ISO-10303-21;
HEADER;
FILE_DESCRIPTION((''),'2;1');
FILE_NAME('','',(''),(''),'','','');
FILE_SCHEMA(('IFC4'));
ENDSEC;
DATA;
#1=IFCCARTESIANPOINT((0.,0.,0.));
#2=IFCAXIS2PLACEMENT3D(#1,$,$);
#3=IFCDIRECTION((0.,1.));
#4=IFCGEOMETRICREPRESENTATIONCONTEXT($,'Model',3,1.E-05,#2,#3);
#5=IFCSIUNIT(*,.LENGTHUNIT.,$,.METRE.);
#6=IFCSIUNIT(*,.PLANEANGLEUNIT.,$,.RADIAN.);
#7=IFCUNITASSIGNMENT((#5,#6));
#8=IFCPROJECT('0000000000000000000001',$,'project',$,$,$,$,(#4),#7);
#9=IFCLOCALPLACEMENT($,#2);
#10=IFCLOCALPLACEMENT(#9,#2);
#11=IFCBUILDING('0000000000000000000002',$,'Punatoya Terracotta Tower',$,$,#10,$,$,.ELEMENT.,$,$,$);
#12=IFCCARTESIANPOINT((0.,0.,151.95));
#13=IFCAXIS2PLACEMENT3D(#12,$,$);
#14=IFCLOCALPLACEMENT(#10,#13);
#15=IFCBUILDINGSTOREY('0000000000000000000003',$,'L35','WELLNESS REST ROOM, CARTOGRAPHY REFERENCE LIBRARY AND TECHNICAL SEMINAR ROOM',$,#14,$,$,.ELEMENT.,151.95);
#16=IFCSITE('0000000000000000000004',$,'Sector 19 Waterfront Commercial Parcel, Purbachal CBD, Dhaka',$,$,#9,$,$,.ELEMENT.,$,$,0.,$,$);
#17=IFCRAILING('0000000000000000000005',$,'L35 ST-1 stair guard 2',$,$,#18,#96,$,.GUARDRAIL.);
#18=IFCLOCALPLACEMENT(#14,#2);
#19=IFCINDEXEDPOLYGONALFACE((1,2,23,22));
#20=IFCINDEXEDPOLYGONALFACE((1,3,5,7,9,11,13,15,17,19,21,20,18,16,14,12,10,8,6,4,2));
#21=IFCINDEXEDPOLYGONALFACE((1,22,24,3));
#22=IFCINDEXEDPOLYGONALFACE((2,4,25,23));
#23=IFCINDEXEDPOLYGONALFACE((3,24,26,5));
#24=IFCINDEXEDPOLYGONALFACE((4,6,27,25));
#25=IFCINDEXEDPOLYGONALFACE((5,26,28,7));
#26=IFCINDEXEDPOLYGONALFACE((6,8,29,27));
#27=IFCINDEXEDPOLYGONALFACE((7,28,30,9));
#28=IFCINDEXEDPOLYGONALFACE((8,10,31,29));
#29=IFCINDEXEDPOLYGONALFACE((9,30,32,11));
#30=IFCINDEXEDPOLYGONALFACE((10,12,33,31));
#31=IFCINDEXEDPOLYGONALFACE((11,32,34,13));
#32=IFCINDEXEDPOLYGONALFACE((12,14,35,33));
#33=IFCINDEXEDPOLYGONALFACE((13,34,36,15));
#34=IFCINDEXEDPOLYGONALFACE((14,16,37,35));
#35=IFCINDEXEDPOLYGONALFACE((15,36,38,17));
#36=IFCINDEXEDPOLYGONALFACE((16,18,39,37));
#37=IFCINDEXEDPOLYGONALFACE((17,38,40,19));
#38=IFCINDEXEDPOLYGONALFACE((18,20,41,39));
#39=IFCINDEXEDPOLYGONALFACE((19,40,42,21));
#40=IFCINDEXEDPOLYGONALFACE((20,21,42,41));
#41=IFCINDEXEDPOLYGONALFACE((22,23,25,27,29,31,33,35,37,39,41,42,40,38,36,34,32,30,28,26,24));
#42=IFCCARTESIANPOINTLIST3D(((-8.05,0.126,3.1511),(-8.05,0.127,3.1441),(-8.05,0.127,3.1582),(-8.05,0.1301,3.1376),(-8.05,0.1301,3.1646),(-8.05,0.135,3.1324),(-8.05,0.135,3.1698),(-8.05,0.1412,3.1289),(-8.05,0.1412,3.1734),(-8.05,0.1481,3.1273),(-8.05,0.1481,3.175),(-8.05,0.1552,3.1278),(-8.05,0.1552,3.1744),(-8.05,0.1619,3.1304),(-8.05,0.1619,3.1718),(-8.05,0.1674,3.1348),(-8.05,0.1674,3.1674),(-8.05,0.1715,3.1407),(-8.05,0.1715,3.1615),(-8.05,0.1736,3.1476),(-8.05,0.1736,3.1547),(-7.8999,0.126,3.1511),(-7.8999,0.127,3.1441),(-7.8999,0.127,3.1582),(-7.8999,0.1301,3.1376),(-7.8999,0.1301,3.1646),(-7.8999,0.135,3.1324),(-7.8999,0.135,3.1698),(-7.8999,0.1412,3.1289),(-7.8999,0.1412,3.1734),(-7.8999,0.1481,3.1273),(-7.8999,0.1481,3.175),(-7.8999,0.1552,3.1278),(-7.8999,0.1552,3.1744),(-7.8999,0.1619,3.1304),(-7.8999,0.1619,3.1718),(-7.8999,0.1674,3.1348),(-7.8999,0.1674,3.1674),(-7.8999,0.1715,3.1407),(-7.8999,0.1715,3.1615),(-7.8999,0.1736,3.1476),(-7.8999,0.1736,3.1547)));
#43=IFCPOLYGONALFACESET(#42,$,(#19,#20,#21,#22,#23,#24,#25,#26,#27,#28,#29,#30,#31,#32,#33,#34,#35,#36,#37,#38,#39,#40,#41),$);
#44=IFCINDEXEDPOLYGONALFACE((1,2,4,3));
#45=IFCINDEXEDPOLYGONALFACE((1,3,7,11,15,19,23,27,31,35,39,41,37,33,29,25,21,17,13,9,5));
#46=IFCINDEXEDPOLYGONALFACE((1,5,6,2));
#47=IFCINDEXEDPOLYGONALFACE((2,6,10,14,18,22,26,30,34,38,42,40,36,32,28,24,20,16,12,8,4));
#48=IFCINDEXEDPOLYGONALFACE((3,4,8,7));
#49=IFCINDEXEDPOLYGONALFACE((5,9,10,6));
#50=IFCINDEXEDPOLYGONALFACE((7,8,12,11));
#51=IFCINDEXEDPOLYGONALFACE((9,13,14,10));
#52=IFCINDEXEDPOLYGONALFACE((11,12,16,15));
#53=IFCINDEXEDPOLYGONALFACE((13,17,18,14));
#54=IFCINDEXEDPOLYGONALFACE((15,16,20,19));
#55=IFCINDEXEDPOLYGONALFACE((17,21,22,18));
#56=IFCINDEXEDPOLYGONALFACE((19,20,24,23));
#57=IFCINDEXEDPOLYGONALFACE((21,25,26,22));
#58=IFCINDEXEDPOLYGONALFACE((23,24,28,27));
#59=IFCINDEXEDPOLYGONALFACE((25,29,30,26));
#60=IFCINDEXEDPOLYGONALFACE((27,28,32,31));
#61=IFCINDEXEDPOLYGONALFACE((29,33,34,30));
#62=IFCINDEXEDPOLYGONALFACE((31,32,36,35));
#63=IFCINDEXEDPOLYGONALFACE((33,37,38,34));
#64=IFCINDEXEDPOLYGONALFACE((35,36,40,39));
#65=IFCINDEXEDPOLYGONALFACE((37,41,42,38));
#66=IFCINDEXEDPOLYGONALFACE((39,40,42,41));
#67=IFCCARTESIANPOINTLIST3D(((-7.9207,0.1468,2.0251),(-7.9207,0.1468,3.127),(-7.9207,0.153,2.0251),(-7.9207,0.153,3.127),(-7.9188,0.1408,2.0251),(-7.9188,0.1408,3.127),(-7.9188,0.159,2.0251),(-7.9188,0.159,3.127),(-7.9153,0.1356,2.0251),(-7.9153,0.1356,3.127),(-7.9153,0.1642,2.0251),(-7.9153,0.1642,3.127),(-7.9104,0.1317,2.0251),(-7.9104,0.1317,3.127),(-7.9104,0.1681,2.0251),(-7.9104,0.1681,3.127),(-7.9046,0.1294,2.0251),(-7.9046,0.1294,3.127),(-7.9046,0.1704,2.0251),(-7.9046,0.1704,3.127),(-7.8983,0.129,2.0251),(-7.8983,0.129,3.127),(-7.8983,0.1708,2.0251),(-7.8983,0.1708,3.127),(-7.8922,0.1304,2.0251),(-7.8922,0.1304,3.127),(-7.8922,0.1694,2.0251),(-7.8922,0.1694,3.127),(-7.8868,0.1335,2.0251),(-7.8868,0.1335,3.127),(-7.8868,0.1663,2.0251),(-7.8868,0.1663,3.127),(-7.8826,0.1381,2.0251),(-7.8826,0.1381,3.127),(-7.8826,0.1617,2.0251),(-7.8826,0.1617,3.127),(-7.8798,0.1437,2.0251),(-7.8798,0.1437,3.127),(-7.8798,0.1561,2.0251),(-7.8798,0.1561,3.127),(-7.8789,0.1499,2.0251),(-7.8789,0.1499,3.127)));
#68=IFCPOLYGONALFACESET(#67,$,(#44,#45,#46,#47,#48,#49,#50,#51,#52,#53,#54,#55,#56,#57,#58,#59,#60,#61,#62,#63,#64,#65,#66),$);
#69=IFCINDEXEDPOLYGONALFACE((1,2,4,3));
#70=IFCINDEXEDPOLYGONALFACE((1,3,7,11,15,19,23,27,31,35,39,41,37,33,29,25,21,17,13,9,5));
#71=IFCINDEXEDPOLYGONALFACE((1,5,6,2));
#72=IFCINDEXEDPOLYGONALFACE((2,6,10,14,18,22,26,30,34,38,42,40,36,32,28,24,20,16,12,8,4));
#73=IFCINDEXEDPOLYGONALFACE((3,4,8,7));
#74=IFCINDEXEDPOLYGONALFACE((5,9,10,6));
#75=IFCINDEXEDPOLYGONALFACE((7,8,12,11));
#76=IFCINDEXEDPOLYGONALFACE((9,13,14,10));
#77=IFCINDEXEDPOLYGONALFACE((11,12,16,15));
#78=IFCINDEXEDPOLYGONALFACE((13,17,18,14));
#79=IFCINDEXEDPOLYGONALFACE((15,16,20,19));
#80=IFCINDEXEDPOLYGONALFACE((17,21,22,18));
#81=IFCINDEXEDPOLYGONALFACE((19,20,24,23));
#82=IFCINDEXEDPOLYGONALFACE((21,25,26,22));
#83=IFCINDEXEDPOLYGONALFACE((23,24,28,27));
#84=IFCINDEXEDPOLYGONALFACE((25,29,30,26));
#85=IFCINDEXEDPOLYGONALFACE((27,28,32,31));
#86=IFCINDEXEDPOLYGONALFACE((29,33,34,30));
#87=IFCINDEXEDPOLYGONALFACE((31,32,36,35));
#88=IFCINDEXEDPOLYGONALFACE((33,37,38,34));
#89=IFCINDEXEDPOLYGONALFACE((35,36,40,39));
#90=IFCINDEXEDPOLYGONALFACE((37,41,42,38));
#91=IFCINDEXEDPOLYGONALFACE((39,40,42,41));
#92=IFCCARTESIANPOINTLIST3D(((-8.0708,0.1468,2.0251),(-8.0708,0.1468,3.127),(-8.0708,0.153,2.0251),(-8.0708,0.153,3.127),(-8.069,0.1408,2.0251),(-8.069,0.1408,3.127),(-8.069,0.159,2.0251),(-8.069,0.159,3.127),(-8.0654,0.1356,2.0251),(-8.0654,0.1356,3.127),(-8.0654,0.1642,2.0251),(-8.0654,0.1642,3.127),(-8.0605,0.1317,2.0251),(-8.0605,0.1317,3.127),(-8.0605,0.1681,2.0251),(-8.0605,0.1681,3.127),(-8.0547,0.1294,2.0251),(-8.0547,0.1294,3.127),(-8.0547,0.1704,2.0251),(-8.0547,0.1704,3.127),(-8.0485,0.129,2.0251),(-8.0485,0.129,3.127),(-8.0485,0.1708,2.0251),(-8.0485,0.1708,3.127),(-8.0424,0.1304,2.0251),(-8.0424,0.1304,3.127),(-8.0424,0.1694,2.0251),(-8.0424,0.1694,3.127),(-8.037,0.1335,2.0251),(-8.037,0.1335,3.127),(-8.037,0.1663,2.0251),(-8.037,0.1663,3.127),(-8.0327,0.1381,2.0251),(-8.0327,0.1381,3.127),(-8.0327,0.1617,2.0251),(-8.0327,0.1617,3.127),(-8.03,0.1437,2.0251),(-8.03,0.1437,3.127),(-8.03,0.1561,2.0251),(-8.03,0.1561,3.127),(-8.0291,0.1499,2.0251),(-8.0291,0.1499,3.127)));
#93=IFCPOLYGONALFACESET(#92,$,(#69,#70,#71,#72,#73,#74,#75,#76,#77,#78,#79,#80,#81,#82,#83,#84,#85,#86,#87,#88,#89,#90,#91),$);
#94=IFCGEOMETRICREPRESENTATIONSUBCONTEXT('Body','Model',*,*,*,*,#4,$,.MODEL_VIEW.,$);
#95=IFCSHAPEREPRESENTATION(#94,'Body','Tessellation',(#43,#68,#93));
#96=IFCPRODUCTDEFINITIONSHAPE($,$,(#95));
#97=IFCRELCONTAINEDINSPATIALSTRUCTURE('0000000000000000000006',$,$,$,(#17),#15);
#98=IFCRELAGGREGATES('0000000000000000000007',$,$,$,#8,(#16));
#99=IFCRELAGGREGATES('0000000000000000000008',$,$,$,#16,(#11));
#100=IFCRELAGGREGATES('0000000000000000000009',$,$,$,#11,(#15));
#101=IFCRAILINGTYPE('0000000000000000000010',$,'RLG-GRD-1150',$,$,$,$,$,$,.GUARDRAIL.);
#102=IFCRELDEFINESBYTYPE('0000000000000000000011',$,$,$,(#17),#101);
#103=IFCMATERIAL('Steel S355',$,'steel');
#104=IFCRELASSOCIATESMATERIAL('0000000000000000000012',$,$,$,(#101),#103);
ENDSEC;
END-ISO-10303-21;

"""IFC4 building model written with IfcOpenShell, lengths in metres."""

from ifc_helpers import new_model, si_unit, direction, frame, origin, origin_2d, place, context, subcontext, project, spatial, circle, extrude, material, type_object, element, save


model = new_model("IFC4")

# Units and contexts
model_context = context("Model", 3, precision=1e-05, world=origin(), true_north=direction((0.0, 1.0)))
body_context = subcontext(model_context, "Body", "Model", "MODEL_VIEW")
ifc_project = project(units=[si_unit("LENGTHUNIT", "METRE"), si_unit("PLANEANGLEUNIT", "RADIAN")], contexts=[model_context])

# Site, building, storey
site_placement = place(None, origin())
site = spatial("IfcSite", under=ifc_project, at=site_placement, Name="Sector 19 Waterfront Commercial Parcel, Purbachal CBD, Dhaka", CompositionType="ELEMENT", RefElevation=0.0)
building_placement = place(site_placement, origin())
building = spatial("IfcBuilding", under=site, at=building_placement, Name="Punatoya Terracotta Tower", CompositionType="ELEMENT")
storey_placement = place(building_placement, frame((0.0, 0.0, 151.95)))
storey = spatial("IfcBuildingStorey", under=building, at=storey_placement, Name="L35", Description="WELLNESS REST ROOM, CARTOGRAPHY REFERENCE LIBRARY AND TECHNICAL SEMINAR ROOM", CompositionType="ELEMENT", Elevation=151.95)

# Shared definitions
ifc_material_1 = material(Name="Steel S355", Category="steel")

# Railing
railing_type = type_object("IfcRailingType", Name="RLG-GRD-1150", PredefinedType="GUARDRAIL", material=ifc_material_1)
railing_1_placement = place(storey_placement, frame((-7.8999, 0.1499, 2.0251)))
element("IfcRailing", 1, at=railing_1_placement, inside=storey, type_object=railing_type, Name="L35 ST-1 stair guard 2", PredefinedType="GUARDRAIL", context=body_context, shape_type="SweptSolid", body=[
    extrude(circle(Radius=0.0239, at=origin_2d()), frame((0.0, 0.0, 1.126), z_axis=(-1.0, 0.0, 0.0), x_axis=(0.0, -1.0, 0.0)), (0.0, 0.0, 1.0), 0.1501),
    extrude(circle(Radius=0.021, at=origin_2d()), origin(), (0.0, 0.0, 1.0), 1.1018),
    extrude(circle(Radius=0.021, at=origin_2d()), frame((-0.1501, 0.0, 0.0)), (0.0, 0.0, 1.0), 1.1018),
])

save(model, "model.ifc")
